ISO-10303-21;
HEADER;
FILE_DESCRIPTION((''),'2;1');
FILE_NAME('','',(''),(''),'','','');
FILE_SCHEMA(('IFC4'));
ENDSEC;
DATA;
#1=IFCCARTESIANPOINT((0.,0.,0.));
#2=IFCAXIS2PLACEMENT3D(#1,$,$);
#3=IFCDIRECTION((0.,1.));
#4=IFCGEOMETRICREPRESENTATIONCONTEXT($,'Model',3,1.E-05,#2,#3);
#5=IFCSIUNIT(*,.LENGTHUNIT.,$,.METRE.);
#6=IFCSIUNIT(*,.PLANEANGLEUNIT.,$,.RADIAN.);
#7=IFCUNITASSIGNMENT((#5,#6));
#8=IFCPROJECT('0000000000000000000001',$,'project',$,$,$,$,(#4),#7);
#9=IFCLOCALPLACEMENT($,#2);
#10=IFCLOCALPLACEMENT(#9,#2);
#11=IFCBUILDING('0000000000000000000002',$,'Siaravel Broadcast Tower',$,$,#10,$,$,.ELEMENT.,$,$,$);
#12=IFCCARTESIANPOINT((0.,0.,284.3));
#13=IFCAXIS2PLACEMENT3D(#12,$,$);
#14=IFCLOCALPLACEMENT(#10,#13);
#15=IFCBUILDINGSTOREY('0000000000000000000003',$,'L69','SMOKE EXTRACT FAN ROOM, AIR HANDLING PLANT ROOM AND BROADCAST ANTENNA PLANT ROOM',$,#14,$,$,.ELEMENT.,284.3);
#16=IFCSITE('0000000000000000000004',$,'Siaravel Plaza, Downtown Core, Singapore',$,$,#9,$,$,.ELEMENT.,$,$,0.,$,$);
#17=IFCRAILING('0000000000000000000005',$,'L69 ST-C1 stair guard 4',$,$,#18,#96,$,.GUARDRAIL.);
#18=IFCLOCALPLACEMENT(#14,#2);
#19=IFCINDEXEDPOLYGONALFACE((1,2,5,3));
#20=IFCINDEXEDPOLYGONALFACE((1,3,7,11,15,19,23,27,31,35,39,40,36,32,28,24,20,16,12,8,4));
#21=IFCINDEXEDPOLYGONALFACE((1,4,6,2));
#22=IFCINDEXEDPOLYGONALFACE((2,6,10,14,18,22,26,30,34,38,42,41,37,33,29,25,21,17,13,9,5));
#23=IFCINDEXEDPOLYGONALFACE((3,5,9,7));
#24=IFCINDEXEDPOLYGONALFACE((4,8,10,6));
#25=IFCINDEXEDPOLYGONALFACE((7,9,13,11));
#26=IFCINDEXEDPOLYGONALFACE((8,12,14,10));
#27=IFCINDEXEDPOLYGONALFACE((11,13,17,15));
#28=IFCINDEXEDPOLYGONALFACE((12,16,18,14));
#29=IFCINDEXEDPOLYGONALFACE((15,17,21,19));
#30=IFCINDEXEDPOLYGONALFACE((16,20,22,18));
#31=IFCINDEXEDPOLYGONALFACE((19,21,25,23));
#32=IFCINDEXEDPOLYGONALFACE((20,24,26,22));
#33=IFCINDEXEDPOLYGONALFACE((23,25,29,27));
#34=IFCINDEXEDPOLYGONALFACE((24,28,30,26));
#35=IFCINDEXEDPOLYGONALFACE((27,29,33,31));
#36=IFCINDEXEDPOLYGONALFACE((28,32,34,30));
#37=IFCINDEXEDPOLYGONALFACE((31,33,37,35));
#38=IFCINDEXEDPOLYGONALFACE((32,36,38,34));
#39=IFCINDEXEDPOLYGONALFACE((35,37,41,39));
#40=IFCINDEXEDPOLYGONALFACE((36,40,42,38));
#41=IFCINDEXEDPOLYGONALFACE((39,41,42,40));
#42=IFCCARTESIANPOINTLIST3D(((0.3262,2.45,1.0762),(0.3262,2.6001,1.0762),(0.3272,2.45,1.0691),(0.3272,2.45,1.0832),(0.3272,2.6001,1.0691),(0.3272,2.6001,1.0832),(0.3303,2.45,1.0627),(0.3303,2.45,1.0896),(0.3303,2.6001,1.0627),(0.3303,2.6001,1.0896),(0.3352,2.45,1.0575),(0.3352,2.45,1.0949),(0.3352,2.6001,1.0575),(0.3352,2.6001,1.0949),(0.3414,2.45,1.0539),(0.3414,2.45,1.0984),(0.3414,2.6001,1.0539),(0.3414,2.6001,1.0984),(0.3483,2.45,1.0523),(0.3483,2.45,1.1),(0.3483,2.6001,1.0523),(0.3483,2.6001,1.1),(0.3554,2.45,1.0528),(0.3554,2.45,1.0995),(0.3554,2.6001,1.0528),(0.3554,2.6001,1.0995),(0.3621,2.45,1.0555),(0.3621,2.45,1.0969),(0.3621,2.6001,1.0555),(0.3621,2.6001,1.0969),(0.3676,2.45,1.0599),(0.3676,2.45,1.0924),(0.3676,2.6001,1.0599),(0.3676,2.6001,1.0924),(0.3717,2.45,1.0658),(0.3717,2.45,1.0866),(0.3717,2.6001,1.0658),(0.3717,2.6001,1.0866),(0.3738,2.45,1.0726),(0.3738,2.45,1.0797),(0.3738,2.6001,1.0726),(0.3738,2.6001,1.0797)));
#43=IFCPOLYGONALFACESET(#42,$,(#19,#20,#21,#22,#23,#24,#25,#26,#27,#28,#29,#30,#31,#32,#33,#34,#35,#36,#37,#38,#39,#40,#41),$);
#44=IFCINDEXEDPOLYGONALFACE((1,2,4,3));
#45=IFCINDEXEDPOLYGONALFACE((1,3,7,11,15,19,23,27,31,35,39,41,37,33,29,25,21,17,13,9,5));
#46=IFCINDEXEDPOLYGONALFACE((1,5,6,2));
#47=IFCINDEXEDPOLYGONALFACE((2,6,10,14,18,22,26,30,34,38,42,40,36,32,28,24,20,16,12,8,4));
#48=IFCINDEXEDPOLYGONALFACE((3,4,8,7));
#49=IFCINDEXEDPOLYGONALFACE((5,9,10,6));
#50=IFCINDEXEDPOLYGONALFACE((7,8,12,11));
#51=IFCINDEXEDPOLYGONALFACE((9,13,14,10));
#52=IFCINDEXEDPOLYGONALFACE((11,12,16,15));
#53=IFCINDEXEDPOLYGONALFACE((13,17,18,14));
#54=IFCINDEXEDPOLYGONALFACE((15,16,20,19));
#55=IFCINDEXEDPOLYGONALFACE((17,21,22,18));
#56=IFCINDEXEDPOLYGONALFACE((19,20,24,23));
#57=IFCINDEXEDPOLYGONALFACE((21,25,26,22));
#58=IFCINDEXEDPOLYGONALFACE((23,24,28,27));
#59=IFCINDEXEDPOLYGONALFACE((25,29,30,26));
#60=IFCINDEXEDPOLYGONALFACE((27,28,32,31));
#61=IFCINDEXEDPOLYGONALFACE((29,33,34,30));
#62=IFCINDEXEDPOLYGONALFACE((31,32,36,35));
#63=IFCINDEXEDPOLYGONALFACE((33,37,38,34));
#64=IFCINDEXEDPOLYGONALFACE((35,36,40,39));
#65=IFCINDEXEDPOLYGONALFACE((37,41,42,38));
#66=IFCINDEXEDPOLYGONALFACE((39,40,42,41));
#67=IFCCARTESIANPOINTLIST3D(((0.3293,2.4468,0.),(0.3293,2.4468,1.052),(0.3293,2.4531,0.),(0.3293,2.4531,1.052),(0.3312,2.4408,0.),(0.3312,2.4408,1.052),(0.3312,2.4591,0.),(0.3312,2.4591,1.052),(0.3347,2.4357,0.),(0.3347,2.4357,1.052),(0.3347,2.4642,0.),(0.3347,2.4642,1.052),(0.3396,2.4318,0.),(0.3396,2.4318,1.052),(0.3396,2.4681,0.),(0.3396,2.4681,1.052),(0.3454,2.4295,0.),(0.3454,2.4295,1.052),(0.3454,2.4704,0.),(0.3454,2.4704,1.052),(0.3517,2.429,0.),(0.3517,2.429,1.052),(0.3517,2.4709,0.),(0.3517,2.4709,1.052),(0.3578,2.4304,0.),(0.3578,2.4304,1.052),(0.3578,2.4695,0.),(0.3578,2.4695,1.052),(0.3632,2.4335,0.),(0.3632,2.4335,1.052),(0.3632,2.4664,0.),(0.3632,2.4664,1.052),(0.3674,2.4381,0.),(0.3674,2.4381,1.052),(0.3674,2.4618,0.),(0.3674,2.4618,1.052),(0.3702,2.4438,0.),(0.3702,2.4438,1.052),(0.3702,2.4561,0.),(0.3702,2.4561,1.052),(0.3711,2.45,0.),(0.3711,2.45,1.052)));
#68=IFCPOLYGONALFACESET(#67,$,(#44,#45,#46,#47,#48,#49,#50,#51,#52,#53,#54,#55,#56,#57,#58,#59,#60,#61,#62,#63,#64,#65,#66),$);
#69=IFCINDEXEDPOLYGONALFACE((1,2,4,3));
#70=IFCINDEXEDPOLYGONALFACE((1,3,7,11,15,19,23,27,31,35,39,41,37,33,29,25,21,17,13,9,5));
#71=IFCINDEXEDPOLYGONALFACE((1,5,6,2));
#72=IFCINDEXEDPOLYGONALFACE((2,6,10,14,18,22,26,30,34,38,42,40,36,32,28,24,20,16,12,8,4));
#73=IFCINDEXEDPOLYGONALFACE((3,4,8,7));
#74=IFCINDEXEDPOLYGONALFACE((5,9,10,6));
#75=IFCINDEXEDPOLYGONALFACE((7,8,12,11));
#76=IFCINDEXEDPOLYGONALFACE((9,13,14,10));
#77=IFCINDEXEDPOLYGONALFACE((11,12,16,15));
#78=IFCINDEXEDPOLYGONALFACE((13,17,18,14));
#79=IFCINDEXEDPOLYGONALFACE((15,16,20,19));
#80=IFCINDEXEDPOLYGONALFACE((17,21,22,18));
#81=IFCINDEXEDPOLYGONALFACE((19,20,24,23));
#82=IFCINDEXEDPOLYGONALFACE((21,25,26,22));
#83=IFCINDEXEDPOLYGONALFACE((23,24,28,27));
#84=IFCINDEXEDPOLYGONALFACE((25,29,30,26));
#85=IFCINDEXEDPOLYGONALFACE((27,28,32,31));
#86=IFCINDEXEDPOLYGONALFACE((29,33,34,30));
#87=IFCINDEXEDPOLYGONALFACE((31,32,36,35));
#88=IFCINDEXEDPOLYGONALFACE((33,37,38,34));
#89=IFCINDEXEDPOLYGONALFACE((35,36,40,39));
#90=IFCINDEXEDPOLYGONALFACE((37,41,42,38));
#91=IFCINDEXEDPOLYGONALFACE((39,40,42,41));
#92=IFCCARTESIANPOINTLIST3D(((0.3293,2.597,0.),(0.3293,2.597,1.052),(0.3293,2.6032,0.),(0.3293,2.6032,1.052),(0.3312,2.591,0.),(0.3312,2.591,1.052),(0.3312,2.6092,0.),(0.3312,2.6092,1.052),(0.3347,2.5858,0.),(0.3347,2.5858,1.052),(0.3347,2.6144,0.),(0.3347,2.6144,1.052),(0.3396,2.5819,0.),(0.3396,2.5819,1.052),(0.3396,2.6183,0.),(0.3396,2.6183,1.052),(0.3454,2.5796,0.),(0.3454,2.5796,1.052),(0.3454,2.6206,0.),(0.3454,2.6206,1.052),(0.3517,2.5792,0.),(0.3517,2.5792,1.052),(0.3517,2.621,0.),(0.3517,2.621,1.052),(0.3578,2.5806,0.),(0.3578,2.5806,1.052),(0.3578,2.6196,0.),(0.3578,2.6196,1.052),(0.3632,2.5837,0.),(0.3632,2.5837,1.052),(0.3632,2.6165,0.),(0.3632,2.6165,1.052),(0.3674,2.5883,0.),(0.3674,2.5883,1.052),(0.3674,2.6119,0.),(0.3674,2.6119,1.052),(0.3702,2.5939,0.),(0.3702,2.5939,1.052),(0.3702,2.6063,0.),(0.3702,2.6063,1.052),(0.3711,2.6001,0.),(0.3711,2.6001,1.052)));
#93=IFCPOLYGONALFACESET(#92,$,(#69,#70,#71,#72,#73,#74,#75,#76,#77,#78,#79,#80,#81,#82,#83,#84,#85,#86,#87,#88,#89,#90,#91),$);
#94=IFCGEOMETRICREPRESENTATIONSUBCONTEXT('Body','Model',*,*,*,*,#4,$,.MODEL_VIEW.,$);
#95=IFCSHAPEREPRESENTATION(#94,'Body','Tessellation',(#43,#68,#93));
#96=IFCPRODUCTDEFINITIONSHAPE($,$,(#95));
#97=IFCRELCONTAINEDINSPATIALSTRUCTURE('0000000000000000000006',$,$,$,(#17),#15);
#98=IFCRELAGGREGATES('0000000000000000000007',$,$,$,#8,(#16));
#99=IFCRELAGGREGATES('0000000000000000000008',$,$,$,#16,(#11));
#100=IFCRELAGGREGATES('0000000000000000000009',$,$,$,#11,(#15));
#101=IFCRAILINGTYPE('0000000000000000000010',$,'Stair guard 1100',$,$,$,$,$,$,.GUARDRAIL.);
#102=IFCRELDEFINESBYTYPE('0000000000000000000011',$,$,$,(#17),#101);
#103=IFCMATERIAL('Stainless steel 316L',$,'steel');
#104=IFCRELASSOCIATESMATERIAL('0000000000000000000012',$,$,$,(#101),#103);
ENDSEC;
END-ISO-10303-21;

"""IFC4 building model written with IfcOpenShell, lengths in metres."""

from ifc_helpers import new_model, si_unit, direction, frame, origin, origin_2d, place, context, subcontext, project, spatial, circle, extrude, material, type_object, element, save


model = new_model("IFC4")

# Units and contexts
model_context = context("Model", 3, precision=1e-05, world=origin(), true_north=direction((0.0, 1.0)))
body_context = subcontext(model_context, "Body", "Model", "MODEL_VIEW")
ifc_project = project(units=[si_unit("LENGTHUNIT", "METRE"), si_unit("PLANEANGLEUNIT", "RADIAN")], contexts=[model_context])

# Site, building, storey
site_placement = place(None, origin())
site = spatial("IfcSite", under=ifc_project, at=site_placement, Name="Siaravel Plaza, Downtown Core, Singapore", CompositionType="ELEMENT", RefElevation=0.0)
building_placement = place(site_placement, origin())
building = spatial("IfcBuilding", under=site, at=building_placement, Name="Siaravel Broadcast Tower", CompositionType="ELEMENT")
storey_placement = place(building_placement, frame((0.0, 0.0, 284.3)))
storey = spatial("IfcBuildingStorey", under=building, at=storey_placement, Name="L69", Description="SMOKE EXTRACT FAN ROOM, AIR HANDLING PLANT ROOM AND BROADCAST ANTENNA PLANT ROOM", CompositionType="ELEMENT", Elevation=284.3)

# Railing
ifc_material_1 = material(Name="Stainless steel 316L", Category="steel")
railing_type_1 = type_object("IfcRailingType", Name="Stair guard 1100", PredefinedType="GUARDRAIL", material=ifc_material_1)
railing_1_placement = place(storey_placement, frame((0.3501, 2.45, 0.0)))
element("IfcRailing", 1, at=railing_1_placement, inside=storey, type_object=railing_type_1, Name="L69 ST-C1 stair guard 4", PredefinedType="GUARDRAIL", context=body_context, shape_type="SweptSolid", body=[
    extrude(circle(Radius=0.0239, at=origin_2d()), frame((0.0, 0.0, 1.0762), z_axis=(0.0, 1.0, 0.0), x_axis=(-1.0, 0.0, 0.0)), (0.0, 0.0, 1.0), 0.1501),
    extrude(circle(Radius=0.021, at=origin_2d()), origin(), (0.0, 0.0, 1.0), 1.052),
    extrude(circle(Radius=0.021, at=origin_2d()), frame((0.0, 0.1501, 0.0)), (0.0, 0.0, 1.0), 1.052),
])

save(model, "model.ifc")
